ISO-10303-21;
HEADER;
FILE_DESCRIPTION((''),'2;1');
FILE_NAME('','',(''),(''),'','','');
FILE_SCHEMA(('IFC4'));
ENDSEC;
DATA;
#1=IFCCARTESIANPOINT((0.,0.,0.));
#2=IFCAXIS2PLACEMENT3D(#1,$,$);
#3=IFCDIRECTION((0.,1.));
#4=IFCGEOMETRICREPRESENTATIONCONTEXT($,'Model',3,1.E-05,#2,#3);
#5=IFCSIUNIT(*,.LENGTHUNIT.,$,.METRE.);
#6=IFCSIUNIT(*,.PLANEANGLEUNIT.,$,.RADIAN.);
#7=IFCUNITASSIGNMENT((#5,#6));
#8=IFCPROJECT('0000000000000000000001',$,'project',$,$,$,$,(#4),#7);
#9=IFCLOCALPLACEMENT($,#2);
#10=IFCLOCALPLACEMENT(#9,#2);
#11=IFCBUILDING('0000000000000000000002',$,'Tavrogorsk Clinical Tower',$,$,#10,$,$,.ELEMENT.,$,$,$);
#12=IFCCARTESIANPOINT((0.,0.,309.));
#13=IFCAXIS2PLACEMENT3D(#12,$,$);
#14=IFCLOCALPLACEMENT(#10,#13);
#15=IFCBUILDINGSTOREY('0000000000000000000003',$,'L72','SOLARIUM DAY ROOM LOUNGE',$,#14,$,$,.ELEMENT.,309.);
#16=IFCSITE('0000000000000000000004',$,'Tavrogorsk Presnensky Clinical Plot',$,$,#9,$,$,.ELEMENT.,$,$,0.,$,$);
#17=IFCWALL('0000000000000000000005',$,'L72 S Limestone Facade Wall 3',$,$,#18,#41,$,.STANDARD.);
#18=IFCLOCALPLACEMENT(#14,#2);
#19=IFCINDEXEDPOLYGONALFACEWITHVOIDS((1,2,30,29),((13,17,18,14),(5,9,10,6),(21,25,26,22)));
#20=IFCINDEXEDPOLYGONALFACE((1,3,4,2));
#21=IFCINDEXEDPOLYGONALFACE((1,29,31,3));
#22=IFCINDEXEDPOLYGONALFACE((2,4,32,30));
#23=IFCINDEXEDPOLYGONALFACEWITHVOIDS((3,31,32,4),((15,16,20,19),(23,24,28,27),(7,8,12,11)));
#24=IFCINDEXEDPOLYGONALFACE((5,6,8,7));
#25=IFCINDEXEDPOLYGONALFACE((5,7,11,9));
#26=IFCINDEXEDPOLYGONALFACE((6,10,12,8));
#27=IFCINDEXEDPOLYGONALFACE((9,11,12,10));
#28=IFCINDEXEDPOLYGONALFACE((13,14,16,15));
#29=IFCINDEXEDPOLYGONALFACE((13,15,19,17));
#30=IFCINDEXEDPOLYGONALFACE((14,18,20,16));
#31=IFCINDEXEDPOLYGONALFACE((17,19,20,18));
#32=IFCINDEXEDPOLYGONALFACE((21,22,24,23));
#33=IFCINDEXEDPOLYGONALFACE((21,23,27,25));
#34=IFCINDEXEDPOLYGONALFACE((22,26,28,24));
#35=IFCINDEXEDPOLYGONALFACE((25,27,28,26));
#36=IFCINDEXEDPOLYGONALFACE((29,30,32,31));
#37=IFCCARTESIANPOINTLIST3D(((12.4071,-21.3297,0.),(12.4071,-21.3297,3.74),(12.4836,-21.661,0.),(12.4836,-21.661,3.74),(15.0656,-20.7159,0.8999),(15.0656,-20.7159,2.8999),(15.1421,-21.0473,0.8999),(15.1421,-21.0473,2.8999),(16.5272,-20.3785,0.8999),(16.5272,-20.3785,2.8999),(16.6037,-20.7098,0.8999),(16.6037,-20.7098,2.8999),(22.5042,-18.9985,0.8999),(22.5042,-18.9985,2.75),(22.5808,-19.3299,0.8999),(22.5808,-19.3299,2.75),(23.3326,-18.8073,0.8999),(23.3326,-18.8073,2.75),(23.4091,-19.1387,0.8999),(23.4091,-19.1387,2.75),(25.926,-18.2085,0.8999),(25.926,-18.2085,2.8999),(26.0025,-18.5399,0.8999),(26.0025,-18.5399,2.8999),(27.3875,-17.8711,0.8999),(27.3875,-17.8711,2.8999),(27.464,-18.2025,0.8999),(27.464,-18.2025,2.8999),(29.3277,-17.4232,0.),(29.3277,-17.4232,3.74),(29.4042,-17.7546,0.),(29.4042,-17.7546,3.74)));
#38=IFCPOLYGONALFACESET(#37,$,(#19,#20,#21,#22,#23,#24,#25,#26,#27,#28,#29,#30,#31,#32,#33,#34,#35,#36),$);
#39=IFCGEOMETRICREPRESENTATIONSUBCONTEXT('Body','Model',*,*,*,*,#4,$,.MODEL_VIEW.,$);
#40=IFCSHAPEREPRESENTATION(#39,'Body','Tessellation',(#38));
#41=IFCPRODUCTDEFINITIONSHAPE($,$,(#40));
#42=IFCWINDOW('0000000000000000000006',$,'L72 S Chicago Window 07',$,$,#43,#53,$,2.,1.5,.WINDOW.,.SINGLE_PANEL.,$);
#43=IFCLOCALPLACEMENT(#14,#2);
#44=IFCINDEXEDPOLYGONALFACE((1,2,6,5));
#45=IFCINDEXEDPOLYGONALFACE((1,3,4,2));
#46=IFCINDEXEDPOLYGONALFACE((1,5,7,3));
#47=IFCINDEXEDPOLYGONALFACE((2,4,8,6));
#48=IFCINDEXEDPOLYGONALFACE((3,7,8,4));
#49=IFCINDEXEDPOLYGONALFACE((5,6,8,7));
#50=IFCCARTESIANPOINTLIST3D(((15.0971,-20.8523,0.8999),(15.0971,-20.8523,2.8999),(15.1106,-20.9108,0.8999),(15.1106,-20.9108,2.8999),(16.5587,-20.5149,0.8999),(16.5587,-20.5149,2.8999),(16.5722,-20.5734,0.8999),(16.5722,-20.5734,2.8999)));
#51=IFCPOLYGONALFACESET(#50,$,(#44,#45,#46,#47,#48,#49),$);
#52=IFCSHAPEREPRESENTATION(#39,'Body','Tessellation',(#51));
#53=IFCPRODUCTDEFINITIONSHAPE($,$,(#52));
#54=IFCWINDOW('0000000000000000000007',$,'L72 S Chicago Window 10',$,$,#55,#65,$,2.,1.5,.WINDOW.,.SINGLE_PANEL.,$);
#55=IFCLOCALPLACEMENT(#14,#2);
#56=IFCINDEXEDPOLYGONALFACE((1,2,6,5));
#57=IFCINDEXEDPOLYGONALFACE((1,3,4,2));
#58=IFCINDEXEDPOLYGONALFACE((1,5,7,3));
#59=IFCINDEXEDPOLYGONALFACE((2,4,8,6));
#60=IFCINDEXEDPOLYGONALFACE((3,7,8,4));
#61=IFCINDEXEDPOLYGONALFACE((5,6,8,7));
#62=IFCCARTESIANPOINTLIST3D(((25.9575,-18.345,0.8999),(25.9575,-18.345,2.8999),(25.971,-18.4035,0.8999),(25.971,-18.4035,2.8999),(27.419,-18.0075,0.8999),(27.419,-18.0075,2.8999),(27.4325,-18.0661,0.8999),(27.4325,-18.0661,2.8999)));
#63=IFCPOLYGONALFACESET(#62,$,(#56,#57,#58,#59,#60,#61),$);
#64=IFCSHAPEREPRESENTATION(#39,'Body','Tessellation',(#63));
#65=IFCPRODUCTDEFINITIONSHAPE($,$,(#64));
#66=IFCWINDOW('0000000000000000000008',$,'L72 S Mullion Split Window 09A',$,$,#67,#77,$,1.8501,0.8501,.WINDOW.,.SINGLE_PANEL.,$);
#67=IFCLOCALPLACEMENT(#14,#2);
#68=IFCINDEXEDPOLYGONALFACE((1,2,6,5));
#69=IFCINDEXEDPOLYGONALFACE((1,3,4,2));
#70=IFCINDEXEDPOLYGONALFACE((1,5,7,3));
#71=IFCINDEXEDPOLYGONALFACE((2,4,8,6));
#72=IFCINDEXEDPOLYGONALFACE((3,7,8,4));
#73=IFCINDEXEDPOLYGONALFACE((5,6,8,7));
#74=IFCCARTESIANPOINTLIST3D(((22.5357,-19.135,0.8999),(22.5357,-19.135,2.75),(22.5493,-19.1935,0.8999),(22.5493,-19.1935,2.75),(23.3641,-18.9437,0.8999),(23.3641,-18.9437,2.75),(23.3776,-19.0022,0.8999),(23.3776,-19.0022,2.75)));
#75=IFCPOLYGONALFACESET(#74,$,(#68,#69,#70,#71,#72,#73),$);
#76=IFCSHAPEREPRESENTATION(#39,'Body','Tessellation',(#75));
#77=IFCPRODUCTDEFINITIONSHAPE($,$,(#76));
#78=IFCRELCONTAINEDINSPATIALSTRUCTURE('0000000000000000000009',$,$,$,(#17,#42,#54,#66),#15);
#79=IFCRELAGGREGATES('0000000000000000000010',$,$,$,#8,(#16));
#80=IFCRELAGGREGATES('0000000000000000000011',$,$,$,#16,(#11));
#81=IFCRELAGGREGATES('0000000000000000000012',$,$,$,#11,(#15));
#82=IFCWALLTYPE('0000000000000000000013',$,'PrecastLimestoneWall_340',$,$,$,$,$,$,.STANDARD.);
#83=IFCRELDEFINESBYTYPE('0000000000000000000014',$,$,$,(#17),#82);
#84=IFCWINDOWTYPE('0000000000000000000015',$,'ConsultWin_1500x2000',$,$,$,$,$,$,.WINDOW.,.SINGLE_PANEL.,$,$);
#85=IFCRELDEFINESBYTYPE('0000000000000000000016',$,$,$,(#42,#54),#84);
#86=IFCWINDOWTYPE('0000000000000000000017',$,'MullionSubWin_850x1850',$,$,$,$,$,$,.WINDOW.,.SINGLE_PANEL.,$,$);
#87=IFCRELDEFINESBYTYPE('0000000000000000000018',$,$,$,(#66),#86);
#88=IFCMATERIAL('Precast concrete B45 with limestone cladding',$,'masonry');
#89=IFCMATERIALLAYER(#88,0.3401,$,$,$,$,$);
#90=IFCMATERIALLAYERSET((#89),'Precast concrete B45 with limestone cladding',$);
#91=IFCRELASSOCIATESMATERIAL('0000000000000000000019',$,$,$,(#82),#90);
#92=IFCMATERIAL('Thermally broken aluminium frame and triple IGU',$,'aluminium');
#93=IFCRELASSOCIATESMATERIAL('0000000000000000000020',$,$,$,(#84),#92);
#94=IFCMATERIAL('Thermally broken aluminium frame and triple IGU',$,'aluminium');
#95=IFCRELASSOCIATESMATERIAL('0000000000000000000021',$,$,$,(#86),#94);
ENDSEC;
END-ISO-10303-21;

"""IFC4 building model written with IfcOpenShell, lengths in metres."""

from ifc_helpers import new_model, si_unit, direction, frame, frame_2d, origin, place, context, subcontext, project, spatial, rectangle, extrude, material, layer, layer_set, type_object, element, fill, save


model = new_model("IFC4")

# Units and contexts
model_context = context("Model", 3, precision=1e-05, world=origin(), true_north=direction((0.0, 1.0)))
body_context = subcontext(model_context, "Body", "Model", "MODEL_VIEW")
ifc_project = project(units=[si_unit("LENGTHUNIT", "METRE"), si_unit("PLANEANGLEUNIT", "RADIAN")], contexts=[model_context])

# Site, building, storey
site_placement = place(None, origin())
site = spatial("IfcSite", under=ifc_project, at=site_placement, Name="Tavrogorsk Presnensky Clinical Plot", CompositionType="ELEMENT", RefElevation=0.0)
building_placement = place(site_placement, origin())
building = spatial("IfcBuilding", under=site, at=building_placement, Name="Tavrogorsk Clinical Tower", CompositionType="ELEMENT")
storey_placement = place(building_placement, frame((0.0, 0.0, 309.0)))
storey = spatial("IfcBuildingStorey", under=building, at=storey_placement, Name="L72", Description="SOLARIUM DAY ROOM LOUNGE", CompositionType="ELEMENT", Elevation=309.0)

# Wall, openings, windows
ifc_material_1 = material(Name="Precast concrete B45 with limestone cladding", Category="masonry")
ifc_layer_1 = layer(ifc_material_1, 0.3401)
ifc_layer_set_1 = layer_set([ifc_layer_1], Name="Precast concrete B45 with limestone cladding")
wall_type_1 = type_object("IfcWallType", Name="PrecastLimestoneWall_340", PredefinedType="STANDARD", material=ifc_layer_set_1)
wall_1_placement = place(storey_placement, frame((12.4453, -21.4954, 0.0), z_axis=(0.0, 0.0, 1.0), x_axis=(0.974369, 0.224954, 0.0)))
wall_1 = element("IfcWall", 1, at=wall_1_placement, inside=storey, type_object=wall_type_1, Name="L72 S Limestone Facade Wall 3", PredefinedType="STANDARD", context=body_context, shape_type="SweptSolid", body=[
    extrude(rectangle(XDim=17.3657, YDim=0.3401, at=frame_2d((8.6829, 0.0))), origin(), (0.0, 0.0, 1.0), 3.74),
])
opening_1_placement = place(wall_1_placement, frame((2.7285, 0.0, 0.8999)))
opening_1 = element("IfcOpeningElement", 2, at=opening_1_placement, cuts=wall_1, PredefinedType="OPENING", context=body_context, shape_type="SweptSolid", body=[
    extrude(rectangle(XDim=1.5, YDim=2.0, at=frame_2d((0.75, 1.0))), frame((0.0, 0.1799, 0.0), z_axis=(0.0, -1.0, 0.0), x_axis=(1.0, 0.0, 0.0)), (0.0, 0.0, 1.0), 0.3601),
])
opening_2_placement = place(wall_1_placement, frame((10.3628, 0.0, 0.8999)))
opening_2 = element("IfcOpeningElement", 3, at=opening_2_placement, cuts=wall_1, PredefinedType="OPENING", context=body_context, shape_type="SweptSolid", body=[
    extrude(rectangle(XDim=0.8501, YDim=1.8501, at=frame_2d((0.425, 0.925))), frame((0.0, 0.1799, 0.0), z_axis=(0.0, -1.0, 0.0), x_axis=(1.0, 0.0, 0.0)), (0.0, 0.0, 1.0), 0.3601),
])
opening_3_placement = place(wall_1_placement, frame((13.8745, 0.0, 0.8999)))
opening_3 = element("IfcOpeningElement", 4, at=opening_3_placement, cuts=wall_1, PredefinedType="OPENING", context=body_context, shape_type="SweptSolid", body=[
    extrude(rectangle(XDim=1.5, YDim=2.0, at=frame_2d((0.75, 1.0))), frame((0.0, 0.1799, 0.0), z_axis=(0.0, -1.0, 0.0), x_axis=(1.0, 0.0, 0.0)), (0.0, 0.0, 1.0), 0.3601),
])
ifc_material_2 = material(Name="Thermally broken aluminium frame and triple IGU", Category="aluminium")
window_type_1 = type_object("IfcWindowType", Name="ConsultWin_1500x2000", PartitioningType="SINGLE_PANEL", PredefinedType="WINDOW", material=ifc_material_2)
window_1_placement = place(opening_1_placement, origin())
window_1 = element("IfcWindow", 5, at=window_1_placement, inside=storey, type_object=window_type_1, Name="L72 S Chicago Window 07", OverallHeight=2.0, OverallWidth=1.5, PartitioningType="SINGLE_PANEL", PredefinedType="WINDOW", context=body_context, shape_type="SweptSolid", body=[
    extrude(rectangle(XDim=1.5, YDim=2.0, at=frame_2d((0.75, 1.0))), frame((0.0, 0.03, 0.0), z_axis=(0.0, -1.0, 0.0), x_axis=(1.0, 0.0, 0.0)), (0.0, 0.0, 1.0), 0.0601),
])
fill(opening_1, window_1)
window_2_placement = place(opening_3_placement, origin())
window_2 = element("IfcWindow", 6, at=window_2_placement, inside=storey, type_object=window_type_1, Name="L72 S Chicago Window 10", OverallHeight=2.0, OverallWidth=1.5, PartitioningType="SINGLE_PANEL", PredefinedType="WINDOW", context=body_context, shape_type="SweptSolid", body=[
    extrude(rectangle(XDim=1.5, YDim=2.0, at=frame_2d((0.75, 1.0))), frame((0.0, 0.03, 0.0), z_axis=(0.0, -1.0, 0.0), x_axis=(1.0, 0.0, 0.0)), (0.0, 0.0, 1.0), 0.0601),
])
fill(opening_3, window_2)
ifc_material_3 = material(Name="Thermally broken aluminium frame and triple IGU", Category="aluminium")
window_type_2 = type_object("IfcWindowType", Name="MullionSubWin_850x1850", PartitioningType="SINGLE_PANEL", PredefinedType="WINDOW", material=ifc_material_3)
window_3_placement = place(opening_2_placement, origin())
window_3 = element("IfcWindow", 7, at=window_3_placement, inside=storey, type_object=window_type_2, Name="L72 S Mullion Split Window 09A", OverallHeight=1.8501, OverallWidth=0.8501, PartitioningType="SINGLE_PANEL", PredefinedType="WINDOW", context=body_context, shape_type="SweptSolid", body=[
    extrude(rectangle(XDim=0.8501, YDim=1.8501, at=frame_2d((0.425, 0.925))), frame((0.0, 0.03, 0.0), z_axis=(0.0, -1.0, 0.0), x_axis=(1.0, 0.0, 0.0)), (0.0, 0.0, 1.0), 0.0601),
])
fill(opening_2, window_3)

save(model, "model.ifc")
